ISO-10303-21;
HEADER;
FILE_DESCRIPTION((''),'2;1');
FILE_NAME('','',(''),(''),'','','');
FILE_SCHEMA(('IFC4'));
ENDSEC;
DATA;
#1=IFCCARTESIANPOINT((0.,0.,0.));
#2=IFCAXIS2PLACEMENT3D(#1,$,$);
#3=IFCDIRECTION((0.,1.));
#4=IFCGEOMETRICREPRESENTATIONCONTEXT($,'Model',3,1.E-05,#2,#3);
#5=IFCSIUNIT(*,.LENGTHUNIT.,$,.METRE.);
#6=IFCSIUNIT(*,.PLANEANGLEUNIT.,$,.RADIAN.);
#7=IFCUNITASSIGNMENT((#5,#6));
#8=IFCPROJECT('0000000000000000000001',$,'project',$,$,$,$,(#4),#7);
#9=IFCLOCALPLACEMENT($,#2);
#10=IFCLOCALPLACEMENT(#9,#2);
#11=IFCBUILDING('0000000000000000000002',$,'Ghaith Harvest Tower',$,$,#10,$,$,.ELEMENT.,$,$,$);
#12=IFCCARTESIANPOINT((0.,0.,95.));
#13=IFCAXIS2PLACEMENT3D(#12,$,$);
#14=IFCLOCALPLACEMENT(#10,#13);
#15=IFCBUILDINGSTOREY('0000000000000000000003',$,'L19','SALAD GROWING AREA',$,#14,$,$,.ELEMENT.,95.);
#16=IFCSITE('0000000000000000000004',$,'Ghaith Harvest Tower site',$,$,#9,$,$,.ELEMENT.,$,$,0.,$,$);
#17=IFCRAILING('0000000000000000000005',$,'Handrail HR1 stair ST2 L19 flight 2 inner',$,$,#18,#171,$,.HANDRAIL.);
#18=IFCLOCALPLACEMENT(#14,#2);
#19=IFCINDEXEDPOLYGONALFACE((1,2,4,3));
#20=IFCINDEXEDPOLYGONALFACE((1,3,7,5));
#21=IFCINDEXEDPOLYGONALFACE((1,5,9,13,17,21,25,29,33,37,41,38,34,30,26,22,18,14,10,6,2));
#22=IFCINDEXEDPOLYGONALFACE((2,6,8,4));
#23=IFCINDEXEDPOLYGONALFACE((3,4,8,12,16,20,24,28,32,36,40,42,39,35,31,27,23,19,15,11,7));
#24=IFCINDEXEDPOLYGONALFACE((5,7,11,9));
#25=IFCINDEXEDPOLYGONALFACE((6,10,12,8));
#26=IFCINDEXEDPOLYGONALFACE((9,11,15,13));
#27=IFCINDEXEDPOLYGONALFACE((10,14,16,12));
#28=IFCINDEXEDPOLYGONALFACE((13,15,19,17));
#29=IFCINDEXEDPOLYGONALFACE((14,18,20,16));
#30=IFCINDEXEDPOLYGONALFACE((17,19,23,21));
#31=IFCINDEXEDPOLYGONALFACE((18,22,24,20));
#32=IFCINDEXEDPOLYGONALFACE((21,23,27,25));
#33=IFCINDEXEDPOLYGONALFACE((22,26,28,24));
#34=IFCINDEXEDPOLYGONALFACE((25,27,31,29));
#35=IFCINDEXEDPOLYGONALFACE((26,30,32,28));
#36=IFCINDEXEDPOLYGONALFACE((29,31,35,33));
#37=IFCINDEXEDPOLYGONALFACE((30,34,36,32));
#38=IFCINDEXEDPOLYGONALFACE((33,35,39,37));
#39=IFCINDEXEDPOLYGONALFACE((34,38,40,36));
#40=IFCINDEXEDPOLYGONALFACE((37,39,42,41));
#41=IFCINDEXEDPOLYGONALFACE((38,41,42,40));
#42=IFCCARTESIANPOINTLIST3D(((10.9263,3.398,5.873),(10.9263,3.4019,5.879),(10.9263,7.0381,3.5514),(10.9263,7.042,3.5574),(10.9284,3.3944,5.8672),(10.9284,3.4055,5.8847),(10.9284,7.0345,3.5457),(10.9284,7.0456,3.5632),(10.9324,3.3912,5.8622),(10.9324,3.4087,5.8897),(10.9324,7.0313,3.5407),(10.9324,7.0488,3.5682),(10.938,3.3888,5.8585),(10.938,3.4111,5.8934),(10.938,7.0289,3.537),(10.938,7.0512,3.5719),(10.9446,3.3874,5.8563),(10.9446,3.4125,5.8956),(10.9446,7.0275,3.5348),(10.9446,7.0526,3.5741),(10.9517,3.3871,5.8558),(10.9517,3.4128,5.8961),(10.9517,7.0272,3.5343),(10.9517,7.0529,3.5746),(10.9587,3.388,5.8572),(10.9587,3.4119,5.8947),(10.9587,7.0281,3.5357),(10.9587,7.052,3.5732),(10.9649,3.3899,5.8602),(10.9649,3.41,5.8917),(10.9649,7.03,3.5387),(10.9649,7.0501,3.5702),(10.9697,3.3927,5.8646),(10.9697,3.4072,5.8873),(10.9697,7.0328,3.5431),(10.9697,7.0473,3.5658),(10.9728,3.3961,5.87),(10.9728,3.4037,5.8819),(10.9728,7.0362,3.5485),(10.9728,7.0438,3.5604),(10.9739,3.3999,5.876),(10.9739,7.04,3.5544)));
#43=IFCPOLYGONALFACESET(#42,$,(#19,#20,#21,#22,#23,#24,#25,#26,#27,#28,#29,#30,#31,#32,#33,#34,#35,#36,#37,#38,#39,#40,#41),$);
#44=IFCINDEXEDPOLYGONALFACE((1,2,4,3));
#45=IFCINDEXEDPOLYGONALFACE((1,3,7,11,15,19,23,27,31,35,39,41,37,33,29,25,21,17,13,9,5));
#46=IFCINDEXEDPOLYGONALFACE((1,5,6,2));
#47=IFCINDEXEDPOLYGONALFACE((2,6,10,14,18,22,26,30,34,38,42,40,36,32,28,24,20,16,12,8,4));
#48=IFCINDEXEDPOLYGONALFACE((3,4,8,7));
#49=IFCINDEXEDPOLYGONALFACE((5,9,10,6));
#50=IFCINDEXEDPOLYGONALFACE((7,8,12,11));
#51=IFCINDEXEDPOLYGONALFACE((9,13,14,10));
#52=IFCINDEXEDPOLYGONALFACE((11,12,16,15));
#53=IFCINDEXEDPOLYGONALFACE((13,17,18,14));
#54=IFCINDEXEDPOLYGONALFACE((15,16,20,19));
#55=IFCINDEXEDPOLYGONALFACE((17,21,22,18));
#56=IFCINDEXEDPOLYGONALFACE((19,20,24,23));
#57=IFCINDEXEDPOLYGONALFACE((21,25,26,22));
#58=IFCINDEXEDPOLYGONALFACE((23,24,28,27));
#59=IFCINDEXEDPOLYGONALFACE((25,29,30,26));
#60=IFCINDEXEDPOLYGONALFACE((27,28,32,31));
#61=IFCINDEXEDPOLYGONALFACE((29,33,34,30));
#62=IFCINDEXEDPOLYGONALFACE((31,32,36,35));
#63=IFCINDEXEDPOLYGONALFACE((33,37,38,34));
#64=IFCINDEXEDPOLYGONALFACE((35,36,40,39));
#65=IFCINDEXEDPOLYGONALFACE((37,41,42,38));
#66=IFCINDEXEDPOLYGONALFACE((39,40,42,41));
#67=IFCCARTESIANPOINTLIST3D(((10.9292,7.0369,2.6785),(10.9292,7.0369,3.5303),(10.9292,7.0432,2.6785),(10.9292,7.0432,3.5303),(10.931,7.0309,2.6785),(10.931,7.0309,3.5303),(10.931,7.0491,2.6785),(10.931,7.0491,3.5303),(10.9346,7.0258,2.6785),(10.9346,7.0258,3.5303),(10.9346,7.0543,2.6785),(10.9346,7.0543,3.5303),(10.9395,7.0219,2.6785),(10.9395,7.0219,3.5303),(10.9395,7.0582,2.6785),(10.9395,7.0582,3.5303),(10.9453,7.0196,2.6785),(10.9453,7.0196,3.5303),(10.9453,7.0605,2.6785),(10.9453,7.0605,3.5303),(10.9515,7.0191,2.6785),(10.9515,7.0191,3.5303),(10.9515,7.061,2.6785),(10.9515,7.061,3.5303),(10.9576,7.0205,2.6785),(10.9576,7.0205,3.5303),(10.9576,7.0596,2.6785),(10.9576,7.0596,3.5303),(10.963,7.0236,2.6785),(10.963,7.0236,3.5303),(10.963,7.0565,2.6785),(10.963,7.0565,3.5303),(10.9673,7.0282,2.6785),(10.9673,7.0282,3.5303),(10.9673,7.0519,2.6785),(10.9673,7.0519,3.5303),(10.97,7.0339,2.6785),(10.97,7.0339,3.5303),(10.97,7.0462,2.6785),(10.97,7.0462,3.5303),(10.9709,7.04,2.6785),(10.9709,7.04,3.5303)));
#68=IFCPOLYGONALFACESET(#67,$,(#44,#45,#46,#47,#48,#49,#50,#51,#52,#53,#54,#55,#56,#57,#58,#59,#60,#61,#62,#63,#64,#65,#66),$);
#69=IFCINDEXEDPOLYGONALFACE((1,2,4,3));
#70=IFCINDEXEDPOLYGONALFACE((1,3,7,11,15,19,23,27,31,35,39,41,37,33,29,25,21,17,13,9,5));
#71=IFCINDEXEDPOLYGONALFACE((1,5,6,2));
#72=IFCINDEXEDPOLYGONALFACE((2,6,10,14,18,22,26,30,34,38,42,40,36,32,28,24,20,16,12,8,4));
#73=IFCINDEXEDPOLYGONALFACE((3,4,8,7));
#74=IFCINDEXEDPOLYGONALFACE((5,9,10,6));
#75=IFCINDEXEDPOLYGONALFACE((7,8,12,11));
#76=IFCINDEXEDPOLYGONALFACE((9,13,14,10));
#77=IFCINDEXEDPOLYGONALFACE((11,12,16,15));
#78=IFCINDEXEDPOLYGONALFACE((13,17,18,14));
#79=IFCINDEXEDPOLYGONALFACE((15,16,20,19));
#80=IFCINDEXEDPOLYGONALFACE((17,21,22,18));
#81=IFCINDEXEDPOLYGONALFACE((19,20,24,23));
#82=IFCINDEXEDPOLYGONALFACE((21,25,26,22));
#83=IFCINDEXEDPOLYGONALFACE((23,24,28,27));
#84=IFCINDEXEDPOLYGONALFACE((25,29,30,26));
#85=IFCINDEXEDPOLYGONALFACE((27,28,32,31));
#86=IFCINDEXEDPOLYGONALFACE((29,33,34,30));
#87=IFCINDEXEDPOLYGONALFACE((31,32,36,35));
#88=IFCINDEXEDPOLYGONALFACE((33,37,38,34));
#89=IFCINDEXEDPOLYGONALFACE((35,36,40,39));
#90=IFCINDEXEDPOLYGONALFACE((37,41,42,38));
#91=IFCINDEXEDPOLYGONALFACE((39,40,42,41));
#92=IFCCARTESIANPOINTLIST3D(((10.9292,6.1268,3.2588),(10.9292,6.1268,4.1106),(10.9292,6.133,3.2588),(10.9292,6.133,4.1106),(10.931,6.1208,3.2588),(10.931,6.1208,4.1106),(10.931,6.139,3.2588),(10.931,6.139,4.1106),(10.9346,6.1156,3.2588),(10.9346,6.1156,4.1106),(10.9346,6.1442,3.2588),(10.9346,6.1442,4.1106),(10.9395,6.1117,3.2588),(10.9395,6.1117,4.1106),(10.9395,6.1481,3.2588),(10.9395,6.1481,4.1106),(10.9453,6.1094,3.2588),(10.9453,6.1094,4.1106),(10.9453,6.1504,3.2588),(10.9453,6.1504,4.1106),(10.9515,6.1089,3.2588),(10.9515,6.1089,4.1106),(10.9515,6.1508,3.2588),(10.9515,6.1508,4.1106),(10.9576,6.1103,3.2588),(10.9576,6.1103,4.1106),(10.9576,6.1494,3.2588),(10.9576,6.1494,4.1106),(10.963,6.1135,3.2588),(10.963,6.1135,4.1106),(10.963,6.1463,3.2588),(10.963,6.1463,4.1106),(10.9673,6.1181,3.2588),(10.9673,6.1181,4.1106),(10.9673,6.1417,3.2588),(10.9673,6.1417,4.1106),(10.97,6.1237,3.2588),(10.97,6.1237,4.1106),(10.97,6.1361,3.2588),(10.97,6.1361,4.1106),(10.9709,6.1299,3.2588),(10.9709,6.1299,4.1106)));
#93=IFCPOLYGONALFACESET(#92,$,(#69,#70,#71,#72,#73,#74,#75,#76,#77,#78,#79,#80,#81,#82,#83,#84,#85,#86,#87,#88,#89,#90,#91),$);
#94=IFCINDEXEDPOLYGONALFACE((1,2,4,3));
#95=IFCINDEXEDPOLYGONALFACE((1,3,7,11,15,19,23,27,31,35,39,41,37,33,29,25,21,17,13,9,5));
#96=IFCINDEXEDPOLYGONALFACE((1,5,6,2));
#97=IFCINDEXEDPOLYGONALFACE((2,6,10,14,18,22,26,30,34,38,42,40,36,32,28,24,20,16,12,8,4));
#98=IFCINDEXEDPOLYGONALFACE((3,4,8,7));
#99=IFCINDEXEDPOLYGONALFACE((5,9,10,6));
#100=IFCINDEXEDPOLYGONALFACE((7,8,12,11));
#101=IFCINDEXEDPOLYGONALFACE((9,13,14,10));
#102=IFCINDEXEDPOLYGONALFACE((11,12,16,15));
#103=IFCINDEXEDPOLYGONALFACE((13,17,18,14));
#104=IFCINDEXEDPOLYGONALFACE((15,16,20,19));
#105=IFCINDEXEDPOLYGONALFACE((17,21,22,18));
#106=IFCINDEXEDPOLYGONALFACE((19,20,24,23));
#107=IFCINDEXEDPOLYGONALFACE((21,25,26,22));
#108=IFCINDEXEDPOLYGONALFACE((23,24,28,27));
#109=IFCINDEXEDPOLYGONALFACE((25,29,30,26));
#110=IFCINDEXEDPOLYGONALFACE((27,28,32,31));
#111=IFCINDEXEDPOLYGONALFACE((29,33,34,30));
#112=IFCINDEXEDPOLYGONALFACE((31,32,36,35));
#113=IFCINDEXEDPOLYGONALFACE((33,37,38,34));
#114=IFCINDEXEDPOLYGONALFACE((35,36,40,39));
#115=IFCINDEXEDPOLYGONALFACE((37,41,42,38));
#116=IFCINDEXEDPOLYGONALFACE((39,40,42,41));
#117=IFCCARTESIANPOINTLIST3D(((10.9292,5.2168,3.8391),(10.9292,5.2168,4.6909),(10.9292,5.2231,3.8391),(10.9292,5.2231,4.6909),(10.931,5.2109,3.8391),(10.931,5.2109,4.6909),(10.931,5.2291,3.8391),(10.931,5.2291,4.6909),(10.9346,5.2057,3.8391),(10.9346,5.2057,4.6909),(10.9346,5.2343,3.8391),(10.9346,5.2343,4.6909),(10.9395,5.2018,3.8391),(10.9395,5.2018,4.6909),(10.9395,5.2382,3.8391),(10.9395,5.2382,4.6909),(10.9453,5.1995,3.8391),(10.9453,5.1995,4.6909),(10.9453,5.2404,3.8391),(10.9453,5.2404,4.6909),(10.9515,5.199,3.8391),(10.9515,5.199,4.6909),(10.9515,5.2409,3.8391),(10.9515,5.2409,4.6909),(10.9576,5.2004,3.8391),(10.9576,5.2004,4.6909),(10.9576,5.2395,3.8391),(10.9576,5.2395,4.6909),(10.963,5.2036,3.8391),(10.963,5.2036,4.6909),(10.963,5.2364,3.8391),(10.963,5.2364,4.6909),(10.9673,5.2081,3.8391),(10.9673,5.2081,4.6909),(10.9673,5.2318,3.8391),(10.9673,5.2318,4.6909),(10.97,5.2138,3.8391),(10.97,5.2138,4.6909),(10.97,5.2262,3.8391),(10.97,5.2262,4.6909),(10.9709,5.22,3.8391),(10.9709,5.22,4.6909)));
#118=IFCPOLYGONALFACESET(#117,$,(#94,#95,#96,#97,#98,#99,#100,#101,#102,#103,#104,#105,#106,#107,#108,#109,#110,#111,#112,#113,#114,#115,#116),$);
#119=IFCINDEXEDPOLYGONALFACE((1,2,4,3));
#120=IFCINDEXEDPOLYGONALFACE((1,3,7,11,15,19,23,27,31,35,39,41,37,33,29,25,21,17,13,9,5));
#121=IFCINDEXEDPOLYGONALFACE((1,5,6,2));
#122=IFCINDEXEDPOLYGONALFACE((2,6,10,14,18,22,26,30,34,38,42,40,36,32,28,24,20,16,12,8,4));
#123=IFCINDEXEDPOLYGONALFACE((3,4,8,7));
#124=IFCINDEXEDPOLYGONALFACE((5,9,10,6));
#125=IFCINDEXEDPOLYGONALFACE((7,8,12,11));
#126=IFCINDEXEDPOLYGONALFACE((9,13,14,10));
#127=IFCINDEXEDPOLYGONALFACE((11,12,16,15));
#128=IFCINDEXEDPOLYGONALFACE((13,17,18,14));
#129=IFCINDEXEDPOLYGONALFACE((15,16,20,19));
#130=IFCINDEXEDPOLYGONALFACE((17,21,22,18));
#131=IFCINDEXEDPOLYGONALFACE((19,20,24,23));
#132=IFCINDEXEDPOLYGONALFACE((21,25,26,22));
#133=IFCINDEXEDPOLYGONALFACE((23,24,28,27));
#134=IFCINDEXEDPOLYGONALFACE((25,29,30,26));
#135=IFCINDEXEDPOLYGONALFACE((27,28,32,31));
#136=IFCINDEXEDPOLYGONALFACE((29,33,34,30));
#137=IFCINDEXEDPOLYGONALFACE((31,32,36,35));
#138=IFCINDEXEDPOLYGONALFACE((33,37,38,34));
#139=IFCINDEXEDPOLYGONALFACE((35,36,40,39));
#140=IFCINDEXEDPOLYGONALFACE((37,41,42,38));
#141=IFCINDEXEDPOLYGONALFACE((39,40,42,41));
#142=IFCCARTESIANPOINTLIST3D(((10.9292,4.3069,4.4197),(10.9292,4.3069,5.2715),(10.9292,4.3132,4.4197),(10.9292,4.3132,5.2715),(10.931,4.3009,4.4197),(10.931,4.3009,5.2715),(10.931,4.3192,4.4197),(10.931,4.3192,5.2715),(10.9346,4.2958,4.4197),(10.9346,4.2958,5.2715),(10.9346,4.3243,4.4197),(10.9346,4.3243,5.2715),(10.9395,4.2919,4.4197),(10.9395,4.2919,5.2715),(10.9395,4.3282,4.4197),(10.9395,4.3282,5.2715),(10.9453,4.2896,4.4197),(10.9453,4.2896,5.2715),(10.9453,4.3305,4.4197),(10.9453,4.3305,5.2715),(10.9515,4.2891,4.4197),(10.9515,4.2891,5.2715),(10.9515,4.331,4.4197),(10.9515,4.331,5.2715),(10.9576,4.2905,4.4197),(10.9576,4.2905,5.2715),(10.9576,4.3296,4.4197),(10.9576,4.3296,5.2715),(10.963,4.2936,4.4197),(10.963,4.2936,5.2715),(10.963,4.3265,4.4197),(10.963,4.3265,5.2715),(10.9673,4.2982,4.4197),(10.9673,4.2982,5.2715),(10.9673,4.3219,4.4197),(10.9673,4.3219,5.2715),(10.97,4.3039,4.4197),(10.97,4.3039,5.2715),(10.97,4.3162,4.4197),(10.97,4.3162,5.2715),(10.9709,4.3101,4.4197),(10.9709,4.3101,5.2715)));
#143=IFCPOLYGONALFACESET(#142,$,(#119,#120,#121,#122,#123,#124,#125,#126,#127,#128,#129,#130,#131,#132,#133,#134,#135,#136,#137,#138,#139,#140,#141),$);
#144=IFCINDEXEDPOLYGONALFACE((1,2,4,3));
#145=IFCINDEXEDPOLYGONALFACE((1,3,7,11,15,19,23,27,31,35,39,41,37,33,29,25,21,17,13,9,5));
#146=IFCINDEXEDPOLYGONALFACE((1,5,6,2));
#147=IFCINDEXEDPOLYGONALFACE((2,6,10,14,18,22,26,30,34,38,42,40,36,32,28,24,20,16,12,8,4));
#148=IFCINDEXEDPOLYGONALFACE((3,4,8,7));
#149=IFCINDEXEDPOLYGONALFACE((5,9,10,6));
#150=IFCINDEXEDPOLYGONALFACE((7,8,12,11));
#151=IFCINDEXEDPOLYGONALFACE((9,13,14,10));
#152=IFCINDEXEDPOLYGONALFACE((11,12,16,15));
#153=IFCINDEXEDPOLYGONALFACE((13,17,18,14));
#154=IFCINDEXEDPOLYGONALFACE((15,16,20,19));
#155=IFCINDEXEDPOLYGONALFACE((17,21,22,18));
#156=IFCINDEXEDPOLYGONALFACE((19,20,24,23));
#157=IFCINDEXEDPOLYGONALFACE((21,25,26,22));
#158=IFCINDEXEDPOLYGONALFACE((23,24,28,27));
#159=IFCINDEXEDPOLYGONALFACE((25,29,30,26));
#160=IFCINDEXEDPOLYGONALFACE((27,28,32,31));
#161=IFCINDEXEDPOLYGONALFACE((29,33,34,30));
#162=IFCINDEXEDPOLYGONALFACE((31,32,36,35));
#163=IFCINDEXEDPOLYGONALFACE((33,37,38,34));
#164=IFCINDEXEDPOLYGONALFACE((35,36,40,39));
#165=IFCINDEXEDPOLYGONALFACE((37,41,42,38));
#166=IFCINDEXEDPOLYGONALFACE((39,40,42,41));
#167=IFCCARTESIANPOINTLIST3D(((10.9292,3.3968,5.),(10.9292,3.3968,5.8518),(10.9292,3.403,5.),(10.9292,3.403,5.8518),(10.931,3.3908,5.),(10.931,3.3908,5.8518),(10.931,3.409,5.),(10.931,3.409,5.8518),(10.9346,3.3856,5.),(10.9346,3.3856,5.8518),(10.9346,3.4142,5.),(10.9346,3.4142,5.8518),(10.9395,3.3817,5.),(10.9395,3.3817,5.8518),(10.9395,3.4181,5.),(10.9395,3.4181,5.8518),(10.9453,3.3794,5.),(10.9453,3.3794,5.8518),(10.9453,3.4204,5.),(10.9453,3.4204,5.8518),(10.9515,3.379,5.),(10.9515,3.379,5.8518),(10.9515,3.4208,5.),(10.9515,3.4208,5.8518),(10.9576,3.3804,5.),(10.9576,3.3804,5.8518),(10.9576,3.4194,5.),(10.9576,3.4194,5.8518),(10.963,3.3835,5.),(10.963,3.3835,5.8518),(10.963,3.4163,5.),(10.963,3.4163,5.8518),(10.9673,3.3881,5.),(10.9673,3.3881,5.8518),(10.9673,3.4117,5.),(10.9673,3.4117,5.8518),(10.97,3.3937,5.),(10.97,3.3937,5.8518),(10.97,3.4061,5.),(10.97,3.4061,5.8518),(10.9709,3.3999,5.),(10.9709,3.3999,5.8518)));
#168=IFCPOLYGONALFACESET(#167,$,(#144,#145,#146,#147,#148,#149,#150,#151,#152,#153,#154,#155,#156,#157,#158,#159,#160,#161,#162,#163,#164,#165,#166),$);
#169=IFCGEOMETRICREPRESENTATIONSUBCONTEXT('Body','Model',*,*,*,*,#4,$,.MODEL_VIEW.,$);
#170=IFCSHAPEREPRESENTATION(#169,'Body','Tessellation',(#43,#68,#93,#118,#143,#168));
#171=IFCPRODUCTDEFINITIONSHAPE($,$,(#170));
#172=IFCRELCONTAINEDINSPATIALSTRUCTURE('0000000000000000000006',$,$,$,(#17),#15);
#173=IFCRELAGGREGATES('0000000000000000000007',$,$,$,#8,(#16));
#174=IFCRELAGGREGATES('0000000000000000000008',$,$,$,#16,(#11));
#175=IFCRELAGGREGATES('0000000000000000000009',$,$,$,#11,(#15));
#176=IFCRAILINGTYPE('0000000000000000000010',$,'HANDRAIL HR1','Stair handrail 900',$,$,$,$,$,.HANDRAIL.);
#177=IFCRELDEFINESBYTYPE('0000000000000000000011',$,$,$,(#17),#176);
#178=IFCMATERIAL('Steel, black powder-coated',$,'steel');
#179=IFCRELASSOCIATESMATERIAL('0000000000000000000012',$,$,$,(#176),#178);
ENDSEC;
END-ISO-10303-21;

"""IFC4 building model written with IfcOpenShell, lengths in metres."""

from ifc_helpers import new_model, si_unit, direction, frame, origin, origin_2d, place, context, subcontext, project, spatial, circle, extrude, material, type_object, element, save


model = new_model("IFC4")

# Units and contexts
model_context = context("Model", 3, precision=1e-05, world=origin(), true_north=direction((0.0, 1.0)))
body_context = subcontext(model_context, "Body", "Model", "MODEL_VIEW")
ifc_project = project(units=[si_unit("LENGTHUNIT", "METRE"), si_unit("PLANEANGLEUNIT", "RADIAN")], contexts=[model_context])

# Site, building, storey
site_placement = place(None, origin())
site = spatial("IfcSite", under=ifc_project, at=site_placement, Name="Ghaith Harvest Tower site", CompositionType="ELEMENT", RefElevation=0.0)
building_placement = place(site_placement, origin())
building = spatial("IfcBuilding", under=site, at=building_placement, Name="Ghaith Harvest Tower", CompositionType="ELEMENT")
storey_placement = place(building_placement, frame((0.0, 0.0, 95.0)))
storey = spatial("IfcBuildingStorey", under=building, at=storey_placement, Name="L19", Description="SALAD GROWING AREA", CompositionType="ELEMENT", Elevation=95.0)

# Railing
ifc_material_1 = material(Name="Steel, black powder-coated", Category="steel")
railing_type = type_object("IfcRailingType", Name="HANDRAIL HR1", Description="Stair handrail 900", PredefinedType="HANDRAIL", material=ifc_material_1)
railing_1_placement = place(storey_placement, frame((10.95, 7.04, 2.6785)))
element("IfcRailing", 1, at=railing_1_placement, inside=storey, type_object=railing_type, Name="Handrail HR1 stair ST2 L19 flight 2 inner", PredefinedType="HANDRAIL", context=body_context, shape_type="SweptSolid", body=[
    extrude(circle(Radius=0.0239, at=origin_2d()), frame((0.0, 0.0, 0.876), z_axis=(0.0, -0.843128, 0.537713), x_axis=(1.0, 0.0, 0.0)), (0.0, 0.0, 1.0), 4.3174),
    extrude(circle(Radius=0.021, at=origin_2d()), origin(), (0.0, 0.0, 1.0), 0.8518),
    extrude(circle(Radius=0.021, at=origin_2d()), frame((0.0, -0.9102, 0.5803)), (0.0, 0.0, 1.0), 0.8518),
    extrude(circle(Radius=0.021, at=origin_2d()), frame((0.0, -1.8201, 1.1606)), (0.0, 0.0, 1.0), 0.8518),
    extrude(circle(Radius=0.021, at=origin_2d()), frame((0.0, -2.73, 1.7412)), (0.0, 0.0, 1.0), 0.8518),
    extrude(circle(Radius=0.021, at=origin_2d()), frame((0.0, -3.6401, 2.3215)), (0.0, 0.0, 1.0), 0.8518),
])

save(model, "model.ifc")
